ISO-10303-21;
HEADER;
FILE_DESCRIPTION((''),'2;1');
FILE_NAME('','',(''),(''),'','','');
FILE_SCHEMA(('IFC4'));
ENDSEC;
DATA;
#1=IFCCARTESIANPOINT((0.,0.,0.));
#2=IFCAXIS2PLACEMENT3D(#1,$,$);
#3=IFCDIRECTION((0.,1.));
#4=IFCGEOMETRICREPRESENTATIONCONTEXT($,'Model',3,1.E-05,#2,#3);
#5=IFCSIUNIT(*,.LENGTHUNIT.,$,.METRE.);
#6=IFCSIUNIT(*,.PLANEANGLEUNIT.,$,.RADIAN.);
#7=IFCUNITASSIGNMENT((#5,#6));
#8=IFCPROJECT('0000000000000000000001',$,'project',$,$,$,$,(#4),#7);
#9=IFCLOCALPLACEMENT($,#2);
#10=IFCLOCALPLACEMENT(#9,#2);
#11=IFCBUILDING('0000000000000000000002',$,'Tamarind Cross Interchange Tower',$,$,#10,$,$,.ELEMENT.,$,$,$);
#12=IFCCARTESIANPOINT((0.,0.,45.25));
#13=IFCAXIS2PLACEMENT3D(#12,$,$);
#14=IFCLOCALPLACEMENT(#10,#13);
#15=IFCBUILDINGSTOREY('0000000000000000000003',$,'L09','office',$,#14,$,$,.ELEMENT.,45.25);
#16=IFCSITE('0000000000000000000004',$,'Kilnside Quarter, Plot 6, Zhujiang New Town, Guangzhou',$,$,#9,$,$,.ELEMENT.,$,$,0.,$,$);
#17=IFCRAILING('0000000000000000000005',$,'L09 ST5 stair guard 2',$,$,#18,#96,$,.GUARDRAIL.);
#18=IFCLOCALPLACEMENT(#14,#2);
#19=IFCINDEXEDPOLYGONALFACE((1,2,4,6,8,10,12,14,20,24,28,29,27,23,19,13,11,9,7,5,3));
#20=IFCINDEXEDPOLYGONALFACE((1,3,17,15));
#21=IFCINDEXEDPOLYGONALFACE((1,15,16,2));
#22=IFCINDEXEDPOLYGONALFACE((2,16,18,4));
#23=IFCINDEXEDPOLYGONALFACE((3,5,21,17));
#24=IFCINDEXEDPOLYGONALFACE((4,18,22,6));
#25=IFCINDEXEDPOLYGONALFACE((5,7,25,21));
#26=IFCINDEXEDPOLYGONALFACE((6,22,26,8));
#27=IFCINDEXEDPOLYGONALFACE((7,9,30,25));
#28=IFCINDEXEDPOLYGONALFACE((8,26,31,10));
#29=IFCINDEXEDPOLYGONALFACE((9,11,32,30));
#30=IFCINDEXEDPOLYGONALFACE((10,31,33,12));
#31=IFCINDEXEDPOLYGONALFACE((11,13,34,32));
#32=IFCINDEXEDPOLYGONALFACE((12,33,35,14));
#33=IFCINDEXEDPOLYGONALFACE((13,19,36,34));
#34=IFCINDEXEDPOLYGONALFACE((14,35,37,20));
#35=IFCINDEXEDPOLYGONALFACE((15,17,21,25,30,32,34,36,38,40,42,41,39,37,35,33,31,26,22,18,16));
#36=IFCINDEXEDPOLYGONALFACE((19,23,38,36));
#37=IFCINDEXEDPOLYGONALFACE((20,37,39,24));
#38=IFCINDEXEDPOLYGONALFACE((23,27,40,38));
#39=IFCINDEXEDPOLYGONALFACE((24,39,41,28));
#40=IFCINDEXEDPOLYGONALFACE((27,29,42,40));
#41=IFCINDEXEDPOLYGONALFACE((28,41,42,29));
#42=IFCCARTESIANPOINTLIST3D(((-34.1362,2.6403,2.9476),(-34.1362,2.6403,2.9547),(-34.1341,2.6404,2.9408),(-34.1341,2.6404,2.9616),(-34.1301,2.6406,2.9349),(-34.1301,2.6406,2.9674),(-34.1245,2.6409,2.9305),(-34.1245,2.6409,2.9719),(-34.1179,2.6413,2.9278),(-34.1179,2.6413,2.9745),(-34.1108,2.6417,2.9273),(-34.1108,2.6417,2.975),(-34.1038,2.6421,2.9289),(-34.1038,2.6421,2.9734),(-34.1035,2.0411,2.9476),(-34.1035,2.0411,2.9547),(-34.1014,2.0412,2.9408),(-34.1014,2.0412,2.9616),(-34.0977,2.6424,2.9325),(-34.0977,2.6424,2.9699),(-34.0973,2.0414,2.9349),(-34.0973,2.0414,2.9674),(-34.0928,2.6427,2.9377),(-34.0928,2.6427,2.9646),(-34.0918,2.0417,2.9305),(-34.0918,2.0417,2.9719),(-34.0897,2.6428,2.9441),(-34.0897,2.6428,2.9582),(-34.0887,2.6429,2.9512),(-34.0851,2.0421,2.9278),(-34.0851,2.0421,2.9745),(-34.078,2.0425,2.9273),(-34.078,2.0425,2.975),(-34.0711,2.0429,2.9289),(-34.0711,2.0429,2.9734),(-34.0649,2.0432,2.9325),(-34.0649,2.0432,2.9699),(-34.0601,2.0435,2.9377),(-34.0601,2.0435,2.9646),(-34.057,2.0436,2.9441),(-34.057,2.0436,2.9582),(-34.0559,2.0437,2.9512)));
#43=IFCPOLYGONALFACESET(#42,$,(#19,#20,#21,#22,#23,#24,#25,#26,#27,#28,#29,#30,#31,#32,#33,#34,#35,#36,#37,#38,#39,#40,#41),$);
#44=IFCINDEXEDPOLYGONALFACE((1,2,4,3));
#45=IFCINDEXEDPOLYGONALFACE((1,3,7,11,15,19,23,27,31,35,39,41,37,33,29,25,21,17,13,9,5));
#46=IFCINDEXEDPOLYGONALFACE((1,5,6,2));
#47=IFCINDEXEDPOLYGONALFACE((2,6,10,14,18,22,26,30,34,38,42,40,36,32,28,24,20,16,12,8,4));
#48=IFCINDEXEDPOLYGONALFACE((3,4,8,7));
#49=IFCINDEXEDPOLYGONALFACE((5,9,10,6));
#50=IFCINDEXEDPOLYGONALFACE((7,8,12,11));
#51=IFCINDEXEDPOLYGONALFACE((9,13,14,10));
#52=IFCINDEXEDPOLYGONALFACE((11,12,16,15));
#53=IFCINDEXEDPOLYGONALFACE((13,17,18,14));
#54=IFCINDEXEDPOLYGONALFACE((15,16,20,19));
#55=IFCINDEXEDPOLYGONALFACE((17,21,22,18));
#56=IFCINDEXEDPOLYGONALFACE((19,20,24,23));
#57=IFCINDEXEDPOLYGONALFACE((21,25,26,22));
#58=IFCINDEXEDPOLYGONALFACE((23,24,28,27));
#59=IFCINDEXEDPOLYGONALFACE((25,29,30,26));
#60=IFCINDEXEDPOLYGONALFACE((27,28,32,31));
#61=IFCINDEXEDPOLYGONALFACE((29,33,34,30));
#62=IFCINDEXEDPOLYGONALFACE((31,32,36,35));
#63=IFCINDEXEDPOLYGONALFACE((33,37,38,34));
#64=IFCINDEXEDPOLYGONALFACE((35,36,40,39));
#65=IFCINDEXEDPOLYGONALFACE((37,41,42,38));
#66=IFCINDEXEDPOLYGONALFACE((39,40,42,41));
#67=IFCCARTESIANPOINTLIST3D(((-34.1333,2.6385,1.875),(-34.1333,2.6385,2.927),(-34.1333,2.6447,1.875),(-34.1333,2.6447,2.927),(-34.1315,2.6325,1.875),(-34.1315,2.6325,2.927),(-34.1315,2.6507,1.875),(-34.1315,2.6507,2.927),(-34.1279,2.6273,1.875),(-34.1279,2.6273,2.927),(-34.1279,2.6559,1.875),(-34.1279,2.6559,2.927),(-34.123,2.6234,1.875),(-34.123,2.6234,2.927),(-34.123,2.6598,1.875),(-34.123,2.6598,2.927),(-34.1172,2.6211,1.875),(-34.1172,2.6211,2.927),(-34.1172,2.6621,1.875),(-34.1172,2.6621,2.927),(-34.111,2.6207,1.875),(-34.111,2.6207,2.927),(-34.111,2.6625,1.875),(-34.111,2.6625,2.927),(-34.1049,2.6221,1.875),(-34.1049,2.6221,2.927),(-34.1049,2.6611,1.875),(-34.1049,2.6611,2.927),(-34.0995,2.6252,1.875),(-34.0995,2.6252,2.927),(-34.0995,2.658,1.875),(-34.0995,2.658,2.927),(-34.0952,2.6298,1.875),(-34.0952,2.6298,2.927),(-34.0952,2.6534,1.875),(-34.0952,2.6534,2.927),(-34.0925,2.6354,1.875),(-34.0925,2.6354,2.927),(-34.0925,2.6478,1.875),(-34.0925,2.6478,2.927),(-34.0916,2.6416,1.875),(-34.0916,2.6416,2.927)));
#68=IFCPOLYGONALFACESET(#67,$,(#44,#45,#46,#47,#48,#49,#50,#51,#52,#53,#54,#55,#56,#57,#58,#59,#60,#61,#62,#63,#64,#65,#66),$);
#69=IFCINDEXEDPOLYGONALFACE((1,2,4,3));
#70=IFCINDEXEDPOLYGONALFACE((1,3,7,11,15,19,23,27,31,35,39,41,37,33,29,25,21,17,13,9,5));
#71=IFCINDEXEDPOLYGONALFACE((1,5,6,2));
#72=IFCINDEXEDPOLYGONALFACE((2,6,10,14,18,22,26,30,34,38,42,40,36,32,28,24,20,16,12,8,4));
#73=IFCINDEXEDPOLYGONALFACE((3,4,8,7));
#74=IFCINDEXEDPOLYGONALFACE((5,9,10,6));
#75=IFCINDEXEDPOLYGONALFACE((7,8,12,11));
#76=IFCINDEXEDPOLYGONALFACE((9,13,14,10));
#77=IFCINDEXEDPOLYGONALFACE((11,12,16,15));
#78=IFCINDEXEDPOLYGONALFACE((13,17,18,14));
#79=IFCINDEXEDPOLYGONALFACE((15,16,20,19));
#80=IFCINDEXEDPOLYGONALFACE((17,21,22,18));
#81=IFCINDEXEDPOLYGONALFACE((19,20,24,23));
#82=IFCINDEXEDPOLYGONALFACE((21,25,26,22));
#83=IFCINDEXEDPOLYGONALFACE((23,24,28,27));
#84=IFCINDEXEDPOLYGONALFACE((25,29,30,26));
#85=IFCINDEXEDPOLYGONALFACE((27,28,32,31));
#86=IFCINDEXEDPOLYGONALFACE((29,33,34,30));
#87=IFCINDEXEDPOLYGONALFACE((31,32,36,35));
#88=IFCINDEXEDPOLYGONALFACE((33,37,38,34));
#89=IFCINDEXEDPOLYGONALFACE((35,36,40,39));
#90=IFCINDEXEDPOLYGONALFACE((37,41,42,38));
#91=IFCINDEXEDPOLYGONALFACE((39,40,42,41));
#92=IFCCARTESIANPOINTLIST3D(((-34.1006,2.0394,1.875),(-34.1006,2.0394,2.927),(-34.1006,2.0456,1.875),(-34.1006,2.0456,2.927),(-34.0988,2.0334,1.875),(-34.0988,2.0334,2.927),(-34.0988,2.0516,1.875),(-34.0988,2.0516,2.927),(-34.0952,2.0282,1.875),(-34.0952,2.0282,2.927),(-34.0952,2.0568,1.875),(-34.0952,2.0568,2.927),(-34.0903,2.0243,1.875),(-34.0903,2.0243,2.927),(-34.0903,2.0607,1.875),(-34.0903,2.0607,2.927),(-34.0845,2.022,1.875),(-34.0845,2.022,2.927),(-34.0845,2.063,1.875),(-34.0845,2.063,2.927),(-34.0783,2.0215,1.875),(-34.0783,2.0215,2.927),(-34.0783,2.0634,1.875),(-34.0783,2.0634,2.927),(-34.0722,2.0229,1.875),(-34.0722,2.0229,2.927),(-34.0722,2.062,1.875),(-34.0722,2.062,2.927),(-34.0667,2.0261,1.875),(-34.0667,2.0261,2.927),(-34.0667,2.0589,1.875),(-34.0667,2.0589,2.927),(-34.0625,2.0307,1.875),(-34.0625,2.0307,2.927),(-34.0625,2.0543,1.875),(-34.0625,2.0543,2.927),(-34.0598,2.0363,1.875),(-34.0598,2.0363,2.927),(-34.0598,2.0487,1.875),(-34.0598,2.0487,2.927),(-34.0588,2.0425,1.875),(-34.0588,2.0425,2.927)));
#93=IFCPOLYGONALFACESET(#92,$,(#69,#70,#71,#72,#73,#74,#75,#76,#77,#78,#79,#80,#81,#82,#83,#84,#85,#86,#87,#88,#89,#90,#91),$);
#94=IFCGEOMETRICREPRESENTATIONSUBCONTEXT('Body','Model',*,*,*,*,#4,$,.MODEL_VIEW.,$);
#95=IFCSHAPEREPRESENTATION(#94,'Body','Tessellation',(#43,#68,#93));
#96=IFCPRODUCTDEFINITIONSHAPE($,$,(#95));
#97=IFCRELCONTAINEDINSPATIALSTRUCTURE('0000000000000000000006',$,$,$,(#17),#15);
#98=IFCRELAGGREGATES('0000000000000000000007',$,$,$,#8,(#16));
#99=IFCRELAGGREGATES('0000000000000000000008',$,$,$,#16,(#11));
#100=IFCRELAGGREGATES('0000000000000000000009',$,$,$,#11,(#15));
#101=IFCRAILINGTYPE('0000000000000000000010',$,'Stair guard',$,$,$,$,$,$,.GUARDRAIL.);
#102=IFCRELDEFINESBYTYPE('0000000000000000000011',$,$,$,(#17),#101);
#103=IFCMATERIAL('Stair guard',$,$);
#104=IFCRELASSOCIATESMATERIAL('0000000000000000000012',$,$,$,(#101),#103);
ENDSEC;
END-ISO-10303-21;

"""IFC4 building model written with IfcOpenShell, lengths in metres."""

from ifc_helpers import new_model, si_unit, direction, frame, origin, origin_2d, place, context, subcontext, project, spatial, circle, extrude, material, type_object, element, save


model = new_model("IFC4")

# Units and contexts
model_context = context("Model", 3, precision=1e-05, world=origin(), true_north=direction((0.0, 1.0)))
body_context = subcontext(model_context, "Body", "Model", "MODEL_VIEW")
ifc_project = project(units=[si_unit("LENGTHUNIT", "METRE"), si_unit("PLANEANGLEUNIT", "RADIAN")], contexts=[model_context])

# Site, building, storey
site_placement = place(None, origin())
site = spatial("IfcSite", under=ifc_project, at=site_placement, Name="Kilnside Quarter, Plot 6, Zhujiang New Town, Guangzhou", CompositionType="ELEMENT", RefElevation=0.0)
building_placement = place(site_placement, origin())
building = spatial("IfcBuilding", under=site, at=building_placement, Name="Tamarind Cross Interchange Tower", CompositionType="ELEMENT")
storey_placement = place(building_placement, frame((0.0, 0.0, 45.25)))
storey = spatial("IfcBuildingStorey", under=building, at=storey_placement, Name="L09", Description="office", CompositionType="ELEMENT", Elevation=45.25)

# Railing
ifc_material_1 = material(Name="Stair guard")
railing_type_1 = type_object("IfcRailingType", Name="Stair guard", PredefinedType="GUARDRAIL", material=ifc_material_1)
railing_1_placement = place(storey_placement, frame((-34.1125, 2.6416, 1.875)))
element("IfcRailing", 1, at=railing_1_placement, inside=storey, type_object=railing_type_1, Name="L09 ST5 stair guard 2", PredefinedType="GUARDRAIL", context=body_context, shape_type="SweptSolid", body=[
    extrude(circle(Radius=0.0239, at=origin_2d()), frame((0.0, 0.0, 1.0762), z_axis=(0.054524, -0.998512, 0.0), x_axis=(0.998512, 0.054524, 0.0)), (0.0, 0.0, 1.0), 0.6001),
    extrude(circle(Radius=0.021, at=origin_2d()), origin(), (0.0, 0.0, 1.0), 1.052),
    extrude(circle(Radius=0.021, at=origin_2d()), frame((0.0327, -0.5991, 0.0)), (0.0, 0.0, 1.0), 1.052),
])

save(model, "model.ifc")
